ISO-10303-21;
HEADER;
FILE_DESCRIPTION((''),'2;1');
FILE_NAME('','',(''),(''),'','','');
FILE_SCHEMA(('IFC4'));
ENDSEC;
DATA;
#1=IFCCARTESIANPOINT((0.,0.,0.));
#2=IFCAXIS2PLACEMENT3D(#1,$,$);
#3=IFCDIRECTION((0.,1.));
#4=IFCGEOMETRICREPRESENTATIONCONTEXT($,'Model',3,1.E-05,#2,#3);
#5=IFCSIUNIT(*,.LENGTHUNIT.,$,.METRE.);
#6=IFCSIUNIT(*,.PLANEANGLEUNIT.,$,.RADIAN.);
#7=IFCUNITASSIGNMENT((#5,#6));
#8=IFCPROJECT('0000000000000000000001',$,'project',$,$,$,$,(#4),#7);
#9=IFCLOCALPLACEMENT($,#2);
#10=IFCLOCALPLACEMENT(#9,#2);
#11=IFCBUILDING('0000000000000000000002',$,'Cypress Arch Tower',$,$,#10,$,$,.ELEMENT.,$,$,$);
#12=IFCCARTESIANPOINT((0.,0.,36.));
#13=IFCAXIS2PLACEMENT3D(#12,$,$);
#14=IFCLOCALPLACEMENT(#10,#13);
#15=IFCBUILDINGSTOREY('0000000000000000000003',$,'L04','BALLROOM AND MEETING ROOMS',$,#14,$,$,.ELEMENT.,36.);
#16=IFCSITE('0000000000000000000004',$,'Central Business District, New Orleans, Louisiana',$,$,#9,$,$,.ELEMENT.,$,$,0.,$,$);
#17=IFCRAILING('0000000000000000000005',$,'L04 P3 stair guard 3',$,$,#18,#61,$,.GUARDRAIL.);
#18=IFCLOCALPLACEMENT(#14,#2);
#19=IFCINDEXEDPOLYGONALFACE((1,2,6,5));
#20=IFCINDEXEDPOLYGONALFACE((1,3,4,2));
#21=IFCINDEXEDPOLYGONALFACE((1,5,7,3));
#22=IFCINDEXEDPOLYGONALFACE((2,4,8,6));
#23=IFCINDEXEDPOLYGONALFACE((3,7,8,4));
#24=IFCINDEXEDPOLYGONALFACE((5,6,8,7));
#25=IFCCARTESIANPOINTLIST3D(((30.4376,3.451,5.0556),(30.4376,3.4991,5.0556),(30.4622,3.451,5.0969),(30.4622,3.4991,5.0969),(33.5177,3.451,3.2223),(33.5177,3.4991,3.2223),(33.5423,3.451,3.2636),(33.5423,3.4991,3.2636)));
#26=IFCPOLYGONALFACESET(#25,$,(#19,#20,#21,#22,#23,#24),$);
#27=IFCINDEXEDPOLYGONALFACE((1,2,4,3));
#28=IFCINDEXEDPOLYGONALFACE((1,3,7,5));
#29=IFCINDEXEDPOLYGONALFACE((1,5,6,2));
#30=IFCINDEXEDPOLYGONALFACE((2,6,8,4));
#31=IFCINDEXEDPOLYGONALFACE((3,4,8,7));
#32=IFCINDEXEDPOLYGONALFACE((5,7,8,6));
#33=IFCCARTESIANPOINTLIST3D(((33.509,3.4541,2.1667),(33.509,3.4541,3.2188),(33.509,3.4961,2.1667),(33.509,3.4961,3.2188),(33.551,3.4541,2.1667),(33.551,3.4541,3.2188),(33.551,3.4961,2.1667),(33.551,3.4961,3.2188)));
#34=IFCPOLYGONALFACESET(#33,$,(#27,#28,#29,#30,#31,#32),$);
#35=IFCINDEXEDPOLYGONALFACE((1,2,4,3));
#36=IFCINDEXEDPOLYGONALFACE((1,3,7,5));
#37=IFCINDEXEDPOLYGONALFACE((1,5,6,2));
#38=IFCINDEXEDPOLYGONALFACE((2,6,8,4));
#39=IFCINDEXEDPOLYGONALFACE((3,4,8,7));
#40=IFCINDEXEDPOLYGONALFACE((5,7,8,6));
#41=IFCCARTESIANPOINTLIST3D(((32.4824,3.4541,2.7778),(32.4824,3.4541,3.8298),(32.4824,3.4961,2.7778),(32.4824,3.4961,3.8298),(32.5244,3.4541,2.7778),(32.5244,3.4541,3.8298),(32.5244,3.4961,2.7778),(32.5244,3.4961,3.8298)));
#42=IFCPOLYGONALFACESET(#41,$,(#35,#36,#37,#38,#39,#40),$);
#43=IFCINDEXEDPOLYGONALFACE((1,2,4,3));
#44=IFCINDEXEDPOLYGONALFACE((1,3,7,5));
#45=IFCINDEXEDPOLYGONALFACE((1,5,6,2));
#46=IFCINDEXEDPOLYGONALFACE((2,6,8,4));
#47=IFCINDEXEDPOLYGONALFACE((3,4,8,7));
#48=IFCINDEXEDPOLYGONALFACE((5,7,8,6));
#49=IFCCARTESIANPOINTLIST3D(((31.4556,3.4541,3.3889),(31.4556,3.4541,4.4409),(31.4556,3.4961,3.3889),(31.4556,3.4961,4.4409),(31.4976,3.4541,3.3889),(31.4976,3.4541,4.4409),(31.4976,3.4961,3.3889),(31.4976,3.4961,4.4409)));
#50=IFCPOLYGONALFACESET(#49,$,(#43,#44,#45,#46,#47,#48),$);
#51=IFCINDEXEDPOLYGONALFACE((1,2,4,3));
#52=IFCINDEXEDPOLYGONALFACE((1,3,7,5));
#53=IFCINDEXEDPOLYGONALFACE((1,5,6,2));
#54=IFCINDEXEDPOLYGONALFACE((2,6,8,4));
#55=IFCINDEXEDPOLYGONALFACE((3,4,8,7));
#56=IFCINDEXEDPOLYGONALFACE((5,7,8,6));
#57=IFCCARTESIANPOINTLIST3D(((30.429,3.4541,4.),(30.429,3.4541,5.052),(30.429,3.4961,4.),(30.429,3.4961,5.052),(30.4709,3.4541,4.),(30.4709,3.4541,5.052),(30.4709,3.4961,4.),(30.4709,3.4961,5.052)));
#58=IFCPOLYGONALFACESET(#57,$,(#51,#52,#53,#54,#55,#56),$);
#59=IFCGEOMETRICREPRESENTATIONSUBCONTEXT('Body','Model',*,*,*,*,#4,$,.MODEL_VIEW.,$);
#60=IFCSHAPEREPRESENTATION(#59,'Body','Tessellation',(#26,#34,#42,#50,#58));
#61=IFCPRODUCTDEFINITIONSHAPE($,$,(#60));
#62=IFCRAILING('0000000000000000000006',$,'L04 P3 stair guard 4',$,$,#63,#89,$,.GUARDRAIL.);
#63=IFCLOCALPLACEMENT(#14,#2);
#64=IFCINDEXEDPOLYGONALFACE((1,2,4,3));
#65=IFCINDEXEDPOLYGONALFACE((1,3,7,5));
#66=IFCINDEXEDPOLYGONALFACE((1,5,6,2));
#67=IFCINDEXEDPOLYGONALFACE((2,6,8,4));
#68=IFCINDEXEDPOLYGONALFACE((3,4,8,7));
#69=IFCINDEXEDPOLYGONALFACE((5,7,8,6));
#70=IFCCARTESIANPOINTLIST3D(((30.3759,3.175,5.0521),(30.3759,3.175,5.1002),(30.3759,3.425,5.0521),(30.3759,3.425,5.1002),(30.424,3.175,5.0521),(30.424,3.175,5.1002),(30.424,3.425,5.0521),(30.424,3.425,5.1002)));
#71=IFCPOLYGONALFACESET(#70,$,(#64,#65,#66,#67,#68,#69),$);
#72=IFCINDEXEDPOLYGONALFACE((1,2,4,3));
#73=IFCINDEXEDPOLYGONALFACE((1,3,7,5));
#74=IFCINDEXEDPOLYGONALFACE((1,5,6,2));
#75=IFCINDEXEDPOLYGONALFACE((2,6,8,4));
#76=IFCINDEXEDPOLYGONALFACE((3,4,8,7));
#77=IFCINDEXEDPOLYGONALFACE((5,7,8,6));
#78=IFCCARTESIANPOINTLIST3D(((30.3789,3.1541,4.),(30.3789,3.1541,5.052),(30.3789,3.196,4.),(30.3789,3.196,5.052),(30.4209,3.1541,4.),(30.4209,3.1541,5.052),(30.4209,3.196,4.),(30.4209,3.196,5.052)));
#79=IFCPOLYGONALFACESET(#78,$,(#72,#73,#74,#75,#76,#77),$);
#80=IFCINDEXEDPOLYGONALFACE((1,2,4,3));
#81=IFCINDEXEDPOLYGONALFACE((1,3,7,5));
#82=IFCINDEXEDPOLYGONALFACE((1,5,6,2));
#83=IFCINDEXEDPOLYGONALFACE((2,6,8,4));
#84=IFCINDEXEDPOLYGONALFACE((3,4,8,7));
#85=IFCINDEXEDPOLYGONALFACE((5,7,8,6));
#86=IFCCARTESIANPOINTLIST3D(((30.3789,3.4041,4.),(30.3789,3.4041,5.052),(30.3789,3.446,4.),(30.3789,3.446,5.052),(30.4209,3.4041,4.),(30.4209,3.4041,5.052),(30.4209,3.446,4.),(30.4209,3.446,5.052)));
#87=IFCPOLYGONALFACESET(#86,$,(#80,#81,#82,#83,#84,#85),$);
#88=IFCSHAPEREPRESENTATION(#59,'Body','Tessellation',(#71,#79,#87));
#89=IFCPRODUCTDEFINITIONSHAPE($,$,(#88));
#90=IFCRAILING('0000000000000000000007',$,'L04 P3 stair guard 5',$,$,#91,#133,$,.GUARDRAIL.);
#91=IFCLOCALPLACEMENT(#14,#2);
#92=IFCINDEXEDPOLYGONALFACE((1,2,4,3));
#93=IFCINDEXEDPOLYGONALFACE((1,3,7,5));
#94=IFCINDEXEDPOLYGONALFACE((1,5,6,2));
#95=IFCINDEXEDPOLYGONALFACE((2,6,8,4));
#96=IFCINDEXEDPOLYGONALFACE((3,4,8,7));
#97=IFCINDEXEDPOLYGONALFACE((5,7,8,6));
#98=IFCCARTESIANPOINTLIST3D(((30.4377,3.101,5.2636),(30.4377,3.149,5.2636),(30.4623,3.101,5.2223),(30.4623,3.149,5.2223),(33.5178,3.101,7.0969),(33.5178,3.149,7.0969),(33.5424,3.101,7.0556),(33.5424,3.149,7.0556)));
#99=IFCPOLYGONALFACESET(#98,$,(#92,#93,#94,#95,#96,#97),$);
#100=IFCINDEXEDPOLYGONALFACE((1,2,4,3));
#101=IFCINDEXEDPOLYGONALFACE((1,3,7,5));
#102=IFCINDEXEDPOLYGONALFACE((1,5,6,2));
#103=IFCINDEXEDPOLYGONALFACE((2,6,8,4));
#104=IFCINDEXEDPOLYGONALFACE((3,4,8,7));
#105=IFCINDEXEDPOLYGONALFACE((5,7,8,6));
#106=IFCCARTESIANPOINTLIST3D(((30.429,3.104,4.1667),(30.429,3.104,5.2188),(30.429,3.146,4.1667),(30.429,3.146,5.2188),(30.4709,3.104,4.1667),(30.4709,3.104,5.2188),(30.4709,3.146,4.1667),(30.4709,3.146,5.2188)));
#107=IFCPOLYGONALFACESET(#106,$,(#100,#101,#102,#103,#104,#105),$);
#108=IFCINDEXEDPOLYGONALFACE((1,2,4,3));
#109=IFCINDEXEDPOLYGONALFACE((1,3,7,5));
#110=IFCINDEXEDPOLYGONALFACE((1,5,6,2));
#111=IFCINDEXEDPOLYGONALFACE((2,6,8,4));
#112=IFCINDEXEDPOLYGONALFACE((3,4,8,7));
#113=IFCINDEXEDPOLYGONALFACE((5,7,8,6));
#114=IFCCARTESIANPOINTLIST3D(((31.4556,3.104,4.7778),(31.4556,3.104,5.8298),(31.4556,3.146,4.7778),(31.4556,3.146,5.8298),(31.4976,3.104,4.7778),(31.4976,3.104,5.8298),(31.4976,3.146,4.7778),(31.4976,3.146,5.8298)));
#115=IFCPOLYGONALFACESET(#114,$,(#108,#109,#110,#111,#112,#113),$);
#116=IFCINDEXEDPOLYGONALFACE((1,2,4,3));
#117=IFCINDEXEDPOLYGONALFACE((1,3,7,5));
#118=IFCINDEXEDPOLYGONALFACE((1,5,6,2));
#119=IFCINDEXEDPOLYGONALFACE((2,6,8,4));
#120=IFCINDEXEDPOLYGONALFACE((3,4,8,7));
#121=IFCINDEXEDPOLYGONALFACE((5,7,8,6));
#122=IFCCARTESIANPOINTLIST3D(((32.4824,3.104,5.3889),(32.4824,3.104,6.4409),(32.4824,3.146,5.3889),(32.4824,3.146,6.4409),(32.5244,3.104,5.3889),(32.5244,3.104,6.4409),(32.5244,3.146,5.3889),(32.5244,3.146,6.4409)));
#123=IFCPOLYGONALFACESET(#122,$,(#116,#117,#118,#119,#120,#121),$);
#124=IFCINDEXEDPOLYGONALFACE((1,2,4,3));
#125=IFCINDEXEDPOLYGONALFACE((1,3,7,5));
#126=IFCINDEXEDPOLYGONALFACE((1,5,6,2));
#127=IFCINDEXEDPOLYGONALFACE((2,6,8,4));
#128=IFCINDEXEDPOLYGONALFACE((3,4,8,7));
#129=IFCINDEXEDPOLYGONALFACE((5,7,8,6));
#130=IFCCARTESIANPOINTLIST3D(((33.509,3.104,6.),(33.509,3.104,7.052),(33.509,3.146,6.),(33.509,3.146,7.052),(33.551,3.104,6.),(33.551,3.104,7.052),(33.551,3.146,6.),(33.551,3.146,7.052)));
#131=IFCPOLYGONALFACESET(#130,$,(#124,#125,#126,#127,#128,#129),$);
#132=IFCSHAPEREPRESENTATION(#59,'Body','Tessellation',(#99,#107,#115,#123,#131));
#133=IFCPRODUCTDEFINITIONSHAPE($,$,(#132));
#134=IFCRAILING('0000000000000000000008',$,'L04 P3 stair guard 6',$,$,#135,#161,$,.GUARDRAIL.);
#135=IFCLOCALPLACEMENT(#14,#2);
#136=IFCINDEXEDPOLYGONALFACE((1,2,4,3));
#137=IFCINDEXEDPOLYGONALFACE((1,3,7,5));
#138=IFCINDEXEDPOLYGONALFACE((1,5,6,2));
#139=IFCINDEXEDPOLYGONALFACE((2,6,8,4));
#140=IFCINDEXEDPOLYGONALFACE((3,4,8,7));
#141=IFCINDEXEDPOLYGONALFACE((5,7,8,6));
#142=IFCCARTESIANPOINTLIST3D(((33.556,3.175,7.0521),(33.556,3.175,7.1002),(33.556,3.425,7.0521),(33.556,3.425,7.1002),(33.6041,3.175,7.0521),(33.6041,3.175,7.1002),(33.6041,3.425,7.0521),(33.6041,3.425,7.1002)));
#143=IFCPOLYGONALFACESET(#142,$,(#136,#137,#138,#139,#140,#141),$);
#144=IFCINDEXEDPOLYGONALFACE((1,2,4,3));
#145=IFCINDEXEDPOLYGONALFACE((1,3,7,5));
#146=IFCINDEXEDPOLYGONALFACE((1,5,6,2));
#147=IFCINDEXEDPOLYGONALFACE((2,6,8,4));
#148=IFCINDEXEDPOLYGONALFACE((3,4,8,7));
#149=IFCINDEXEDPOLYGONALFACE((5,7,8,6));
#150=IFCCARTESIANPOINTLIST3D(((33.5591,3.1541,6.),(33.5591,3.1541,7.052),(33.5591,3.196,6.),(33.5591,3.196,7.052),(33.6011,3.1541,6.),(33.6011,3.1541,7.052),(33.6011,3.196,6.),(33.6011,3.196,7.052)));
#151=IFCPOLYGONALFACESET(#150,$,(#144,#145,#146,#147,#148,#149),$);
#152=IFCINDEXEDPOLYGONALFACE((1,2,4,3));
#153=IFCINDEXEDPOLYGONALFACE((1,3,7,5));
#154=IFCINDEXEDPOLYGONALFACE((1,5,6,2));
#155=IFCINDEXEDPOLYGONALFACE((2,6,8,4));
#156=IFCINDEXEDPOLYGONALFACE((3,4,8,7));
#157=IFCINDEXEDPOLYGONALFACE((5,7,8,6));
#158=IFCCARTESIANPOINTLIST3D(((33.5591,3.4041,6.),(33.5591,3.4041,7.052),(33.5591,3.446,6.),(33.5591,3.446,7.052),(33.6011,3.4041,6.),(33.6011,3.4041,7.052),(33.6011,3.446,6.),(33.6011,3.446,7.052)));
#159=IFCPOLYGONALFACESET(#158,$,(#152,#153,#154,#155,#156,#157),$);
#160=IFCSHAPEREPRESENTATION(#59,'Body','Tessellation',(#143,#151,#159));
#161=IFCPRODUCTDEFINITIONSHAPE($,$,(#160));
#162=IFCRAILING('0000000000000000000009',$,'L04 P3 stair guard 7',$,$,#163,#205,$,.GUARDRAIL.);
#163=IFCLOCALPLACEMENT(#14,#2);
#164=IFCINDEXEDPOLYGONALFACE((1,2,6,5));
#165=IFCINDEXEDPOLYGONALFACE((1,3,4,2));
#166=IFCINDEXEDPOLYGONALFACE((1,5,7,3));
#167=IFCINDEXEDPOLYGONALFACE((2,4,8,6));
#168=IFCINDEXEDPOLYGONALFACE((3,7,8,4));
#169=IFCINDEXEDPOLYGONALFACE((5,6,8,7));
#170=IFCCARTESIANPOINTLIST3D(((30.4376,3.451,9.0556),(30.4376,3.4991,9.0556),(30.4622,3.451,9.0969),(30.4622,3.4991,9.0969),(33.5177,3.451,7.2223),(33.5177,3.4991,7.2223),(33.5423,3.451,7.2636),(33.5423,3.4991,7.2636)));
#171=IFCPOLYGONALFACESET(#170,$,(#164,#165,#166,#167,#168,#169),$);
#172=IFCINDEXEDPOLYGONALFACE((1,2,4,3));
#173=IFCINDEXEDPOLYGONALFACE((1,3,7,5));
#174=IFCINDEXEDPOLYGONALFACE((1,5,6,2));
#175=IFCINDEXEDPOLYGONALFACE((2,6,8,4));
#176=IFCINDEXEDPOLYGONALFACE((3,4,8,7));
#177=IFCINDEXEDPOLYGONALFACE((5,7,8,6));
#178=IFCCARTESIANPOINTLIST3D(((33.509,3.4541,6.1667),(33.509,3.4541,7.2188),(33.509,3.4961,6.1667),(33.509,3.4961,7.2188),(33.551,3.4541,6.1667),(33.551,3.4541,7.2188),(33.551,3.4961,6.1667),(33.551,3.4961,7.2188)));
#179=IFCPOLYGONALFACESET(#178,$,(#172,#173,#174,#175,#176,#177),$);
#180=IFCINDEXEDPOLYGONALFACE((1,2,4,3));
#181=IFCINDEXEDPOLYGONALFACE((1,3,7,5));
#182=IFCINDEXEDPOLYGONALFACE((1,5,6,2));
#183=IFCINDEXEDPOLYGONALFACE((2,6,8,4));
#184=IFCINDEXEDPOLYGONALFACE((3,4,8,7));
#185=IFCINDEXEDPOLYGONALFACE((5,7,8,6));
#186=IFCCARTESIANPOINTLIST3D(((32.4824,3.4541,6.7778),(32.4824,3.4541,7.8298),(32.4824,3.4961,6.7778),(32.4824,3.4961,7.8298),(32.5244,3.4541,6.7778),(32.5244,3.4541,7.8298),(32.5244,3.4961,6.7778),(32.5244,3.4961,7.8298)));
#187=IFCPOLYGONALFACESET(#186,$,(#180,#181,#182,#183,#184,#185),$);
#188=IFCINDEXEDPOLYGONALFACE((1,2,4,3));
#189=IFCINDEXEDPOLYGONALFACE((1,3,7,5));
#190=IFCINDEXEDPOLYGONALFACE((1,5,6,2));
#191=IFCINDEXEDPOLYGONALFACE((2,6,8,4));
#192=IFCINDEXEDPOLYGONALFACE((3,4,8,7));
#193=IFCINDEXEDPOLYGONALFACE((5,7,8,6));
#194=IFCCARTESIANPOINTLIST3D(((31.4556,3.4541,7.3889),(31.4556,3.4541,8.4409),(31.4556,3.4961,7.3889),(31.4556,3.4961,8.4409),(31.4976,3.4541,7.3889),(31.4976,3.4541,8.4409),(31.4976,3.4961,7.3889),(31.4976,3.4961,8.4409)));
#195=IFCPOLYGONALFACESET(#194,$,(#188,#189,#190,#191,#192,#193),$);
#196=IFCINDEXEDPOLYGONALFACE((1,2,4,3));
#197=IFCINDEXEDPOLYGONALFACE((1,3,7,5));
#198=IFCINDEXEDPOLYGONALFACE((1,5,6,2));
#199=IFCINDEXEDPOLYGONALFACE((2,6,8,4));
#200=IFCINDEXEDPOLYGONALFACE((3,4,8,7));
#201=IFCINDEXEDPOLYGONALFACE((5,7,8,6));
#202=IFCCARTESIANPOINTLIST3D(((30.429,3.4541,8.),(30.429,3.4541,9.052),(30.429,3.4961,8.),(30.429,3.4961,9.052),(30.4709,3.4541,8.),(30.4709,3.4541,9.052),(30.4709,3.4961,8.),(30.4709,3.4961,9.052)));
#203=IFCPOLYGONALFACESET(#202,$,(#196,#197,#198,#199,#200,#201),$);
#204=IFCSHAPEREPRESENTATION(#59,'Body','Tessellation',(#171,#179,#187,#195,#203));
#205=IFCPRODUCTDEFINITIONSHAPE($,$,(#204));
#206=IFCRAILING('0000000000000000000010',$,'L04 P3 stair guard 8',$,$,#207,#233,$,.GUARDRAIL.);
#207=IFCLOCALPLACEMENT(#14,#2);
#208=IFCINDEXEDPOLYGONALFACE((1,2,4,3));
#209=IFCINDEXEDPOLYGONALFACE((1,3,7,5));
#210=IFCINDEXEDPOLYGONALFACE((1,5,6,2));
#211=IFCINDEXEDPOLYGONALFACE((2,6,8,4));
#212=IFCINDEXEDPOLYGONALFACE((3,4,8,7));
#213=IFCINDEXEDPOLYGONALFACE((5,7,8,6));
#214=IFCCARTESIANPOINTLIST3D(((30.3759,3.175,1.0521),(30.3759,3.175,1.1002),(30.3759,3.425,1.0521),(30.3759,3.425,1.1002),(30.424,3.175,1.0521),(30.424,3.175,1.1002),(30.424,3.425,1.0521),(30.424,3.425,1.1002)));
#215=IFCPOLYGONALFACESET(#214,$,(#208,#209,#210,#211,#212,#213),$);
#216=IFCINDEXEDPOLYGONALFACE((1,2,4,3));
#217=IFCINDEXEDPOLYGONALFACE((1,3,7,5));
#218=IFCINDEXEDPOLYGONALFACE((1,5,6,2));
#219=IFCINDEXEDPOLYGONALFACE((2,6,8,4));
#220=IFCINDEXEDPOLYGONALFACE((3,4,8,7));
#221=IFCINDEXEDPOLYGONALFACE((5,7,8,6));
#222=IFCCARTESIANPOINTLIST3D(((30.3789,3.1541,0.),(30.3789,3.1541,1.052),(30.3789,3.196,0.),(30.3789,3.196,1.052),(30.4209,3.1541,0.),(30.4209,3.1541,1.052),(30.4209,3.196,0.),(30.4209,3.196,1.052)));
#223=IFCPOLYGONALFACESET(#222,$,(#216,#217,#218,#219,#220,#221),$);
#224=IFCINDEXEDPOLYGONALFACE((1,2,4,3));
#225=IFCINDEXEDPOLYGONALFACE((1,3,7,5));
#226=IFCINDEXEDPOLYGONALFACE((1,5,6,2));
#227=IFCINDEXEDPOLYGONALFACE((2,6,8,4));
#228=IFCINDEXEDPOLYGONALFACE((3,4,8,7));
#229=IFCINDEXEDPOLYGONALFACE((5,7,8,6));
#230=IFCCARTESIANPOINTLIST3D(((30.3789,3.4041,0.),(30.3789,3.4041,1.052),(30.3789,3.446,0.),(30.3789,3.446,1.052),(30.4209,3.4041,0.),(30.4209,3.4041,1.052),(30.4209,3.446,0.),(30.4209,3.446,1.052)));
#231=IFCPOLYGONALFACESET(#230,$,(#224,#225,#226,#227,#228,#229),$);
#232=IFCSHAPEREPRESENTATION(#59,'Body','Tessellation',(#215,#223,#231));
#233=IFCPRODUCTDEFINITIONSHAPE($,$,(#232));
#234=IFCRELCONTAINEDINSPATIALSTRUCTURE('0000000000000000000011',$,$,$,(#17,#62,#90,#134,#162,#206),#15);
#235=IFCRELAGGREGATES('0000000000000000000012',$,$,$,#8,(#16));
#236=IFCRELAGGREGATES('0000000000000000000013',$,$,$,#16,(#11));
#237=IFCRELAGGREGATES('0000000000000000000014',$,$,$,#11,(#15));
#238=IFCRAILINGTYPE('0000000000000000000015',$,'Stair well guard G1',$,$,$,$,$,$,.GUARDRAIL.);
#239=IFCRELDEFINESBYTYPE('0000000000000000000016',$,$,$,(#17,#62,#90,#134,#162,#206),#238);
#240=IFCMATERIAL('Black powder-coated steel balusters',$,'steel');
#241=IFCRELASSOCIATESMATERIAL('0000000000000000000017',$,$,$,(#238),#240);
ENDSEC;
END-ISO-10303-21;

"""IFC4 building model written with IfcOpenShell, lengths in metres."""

from ifc_helpers import new_model, si_unit, direction, frame, origin, origin_2d, place, context, subcontext, project, spatial, rectangle, extrude, material, type_object, element, save


model = new_model("IFC4")

# Units and contexts
model_context = context("Model", 3, precision=1e-05, world=origin(), true_north=direction((0.0, 1.0)))
body_context = subcontext(model_context, "Body", "Model", "MODEL_VIEW")
ifc_project = project(units=[si_unit("LENGTHUNIT", "METRE"), si_unit("PLANEANGLEUNIT", "RADIAN")], contexts=[model_context])

# Site, building, storey
site_placement = place(None, origin())
site = spatial("IfcSite", under=ifc_project, at=site_placement, Name="Central Business District, New Orleans, Louisiana", CompositionType="ELEMENT", RefElevation=0.0)
building_placement = place(site_placement, origin())
building = spatial("IfcBuilding", under=site, at=building_placement, Name="Cypress Arch Tower", CompositionType="ELEMENT")
storey_placement = place(building_placement, frame((0.0, 0.0, 36.0)))
storey = spatial("IfcBuildingStorey", under=building, at=storey_placement, Name="L04", Description="BALLROOM AND MEETING ROOMS", CompositionType="ELEMENT", Elevation=36.0)

# Railings
ifc_material_1 = material(Name="Black powder-coated steel balusters", Category="steel")
railing_type_1 = type_object("IfcRailingType", Name="Stair well guard G1", PredefinedType="GUARDRAIL", material=ifc_material_1)
railing_1_placement = place(storey_placement, frame((33.53, 3.4751, 2.1667)))
element("IfcRailing", 1, at=railing_1_placement, inside=storey, type_object=railing_type_1, Name="L04 P3 stair guard 3", PredefinedType="GUARDRAIL", context=body_context, shape_type="SweptSolid", body=[
    extrude(rectangle(XDim=0.0481, YDim=0.0481, at=origin_2d()), frame((0.0, 0.0, 1.0762), z_axis=(-0.859309, 0.0, 0.511458), x_axis=(0.0, -1.0, 0.0)), (0.0, 0.0, 1.0), 3.5845),
    extrude(rectangle(XDim=0.042, YDim=0.042, at=origin_2d()), origin(), (0.0, 0.0, 1.0), 1.052),
    extrude(rectangle(XDim=0.042, YDim=0.042, at=origin_2d()), frame((-1.0266, 0.0, 0.6111)), (0.0, 0.0, 1.0), 1.052),
    extrude(rectangle(XDim=0.042, YDim=0.042, at=origin_2d()), frame((-2.0535, 0.0, 1.2222)), (0.0, 0.0, 1.0), 1.052),
    extrude(rectangle(XDim=0.042, YDim=0.042, at=origin_2d()), frame((-3.0801, 0.0, 1.8333)), (0.0, 0.0, 1.0), 1.052),
])
railing_2_placement = place(storey_placement, frame((30.3999, 3.175, 4.0)))
element("IfcRailing", 2, at=railing_2_placement, inside=storey, type_object=railing_type_1, Name="L04 P3 stair guard 4", PredefinedType="GUARDRAIL", context=body_context, shape_type="SweptSolid", body=[
    extrude(rectangle(XDim=0.0481, YDim=0.0481, at=origin_2d()), frame((0.0, 0.0, 1.0762), z_axis=(0.0, 1.0, 0.0), x_axis=(-1.0, 0.0, 0.0)), (0.0, 0.0, 1.0), 0.25),
    extrude(rectangle(XDim=0.042, YDim=0.042, at=origin_2d()), origin(), (0.0, 0.0, 1.0), 1.052),
    extrude(rectangle(XDim=0.042, YDim=0.042, at=origin_2d()), frame((0.0, 0.25, 0.0)), (0.0, 0.0, 1.0), 1.052),
])
railing_3_placement = place(storey_placement, frame((30.45, 3.125, 4.1667)))
element("IfcRailing", 3, at=railing_3_placement, inside=storey, type_object=railing_type_1, Name="L04 P3 stair guard 5", PredefinedType="GUARDRAIL", context=body_context, shape_type="SweptSolid", body=[
    extrude(rectangle(XDim=0.0481, YDim=0.0481, at=origin_2d()), frame((0.0, 0.0, 1.0762), z_axis=(0.859309, 0.0, 0.511458), x_axis=(0.0, 1.0, 0.0)), (0.0, 0.0, 1.0), 3.5845),
    extrude(rectangle(XDim=0.042, YDim=0.042, at=origin_2d()), origin(), (0.0, 0.0, 1.0), 1.052),
    extrude(rectangle(XDim=0.042, YDim=0.042, at=origin_2d()), frame((1.0266, 0.0, 0.6111)), (0.0, 0.0, 1.0), 1.052),
    extrude(rectangle(XDim=0.042, YDim=0.042, at=origin_2d()), frame((2.0535, 0.0, 1.2222)), (0.0, 0.0, 1.0), 1.052),
    extrude(rectangle(XDim=0.042, YDim=0.042, at=origin_2d()), frame((3.0801, 0.0, 1.8333)), (0.0, 0.0, 1.0), 1.052),
])
railing_4_placement = place(storey_placement, frame((33.5801, 3.175, 6.0)))
element("IfcRailing", 4, at=railing_4_placement, inside=storey, type_object=railing_type_1, Name="L04 P3 stair guard 6", PredefinedType="GUARDRAIL", context=body_context, shape_type="SweptSolid", body=[
    extrude(rectangle(XDim=0.0481, YDim=0.0481, at=origin_2d()), frame((0.0, 0.0, 1.0762), z_axis=(0.0, 1.0, 0.0), x_axis=(-1.0, 0.0, 0.0)), (0.0, 0.0, 1.0), 0.25),
    extrude(rectangle(XDim=0.042, YDim=0.042, at=origin_2d()), origin(), (0.0, 0.0, 1.0), 1.052),
    extrude(rectangle(XDim=0.042, YDim=0.042, at=origin_2d()), frame((0.0, 0.25, 0.0)), (0.0, 0.0, 1.0), 1.052),
])
railing_5_placement = place(storey_placement, frame((33.53, 3.4751, 6.1667)))
element("IfcRailing", 5, at=railing_5_placement, inside=storey, type_object=railing_type_1, Name="L04 P3 stair guard 7", PredefinedType="GUARDRAIL", context=body_context, shape_type="SweptSolid", body=[
    extrude(rectangle(XDim=0.0481, YDim=0.0481, at=origin_2d()), frame((0.0, 0.0, 1.0762), z_axis=(-0.859309, 0.0, 0.511458), x_axis=(0.0, -1.0, 0.0)), (0.0, 0.0, 1.0), 3.5845),
    extrude(rectangle(XDim=0.042, YDim=0.042, at=origin_2d()), origin(), (0.0, 0.0, 1.0), 1.052),
    extrude(rectangle(XDim=0.042, YDim=0.042, at=origin_2d()), frame((-1.0266, 0.0, 0.6111)), (0.0, 0.0, 1.0), 1.052),
    extrude(rectangle(XDim=0.042, YDim=0.042, at=origin_2d()), frame((-2.0535, 0.0, 1.2222)), (0.0, 0.0, 1.0), 1.052),
    extrude(rectangle(XDim=0.042, YDim=0.042, at=origin_2d()), frame((-3.0801, 0.0, 1.8333)), (0.0, 0.0, 1.0), 1.052),
])
railing_6_placement = place(storey_placement, frame((30.3999, 3.175, 0.0)))
element("IfcRailing", 6, at=railing_6_placement, inside=storey, type_object=railing_type_1, Name="L04 P3 stair guard 8", PredefinedType="GUARDRAIL", context=body_context, shape_type="SweptSolid", body=[
    extrude(rectangle(XDim=0.0481, YDim=0.0481, at=origin_2d()), frame((0.0, 0.0, 1.0762), z_axis=(0.0, 1.0, 0.0), x_axis=(-1.0, 0.0, 0.0)), (0.0, 0.0, 1.0), 0.25),
    extrude(rectangle(XDim=0.042, YDim=0.042, at=origin_2d()), origin(), (0.0, 0.0, 1.0), 1.052),
    extrude(rectangle(XDim=0.042, YDim=0.042, at=origin_2d()), frame((0.0, 0.25, 0.0)), (0.0, 0.0, 1.0), 1.052),
])

save(model, "model.ifc")
